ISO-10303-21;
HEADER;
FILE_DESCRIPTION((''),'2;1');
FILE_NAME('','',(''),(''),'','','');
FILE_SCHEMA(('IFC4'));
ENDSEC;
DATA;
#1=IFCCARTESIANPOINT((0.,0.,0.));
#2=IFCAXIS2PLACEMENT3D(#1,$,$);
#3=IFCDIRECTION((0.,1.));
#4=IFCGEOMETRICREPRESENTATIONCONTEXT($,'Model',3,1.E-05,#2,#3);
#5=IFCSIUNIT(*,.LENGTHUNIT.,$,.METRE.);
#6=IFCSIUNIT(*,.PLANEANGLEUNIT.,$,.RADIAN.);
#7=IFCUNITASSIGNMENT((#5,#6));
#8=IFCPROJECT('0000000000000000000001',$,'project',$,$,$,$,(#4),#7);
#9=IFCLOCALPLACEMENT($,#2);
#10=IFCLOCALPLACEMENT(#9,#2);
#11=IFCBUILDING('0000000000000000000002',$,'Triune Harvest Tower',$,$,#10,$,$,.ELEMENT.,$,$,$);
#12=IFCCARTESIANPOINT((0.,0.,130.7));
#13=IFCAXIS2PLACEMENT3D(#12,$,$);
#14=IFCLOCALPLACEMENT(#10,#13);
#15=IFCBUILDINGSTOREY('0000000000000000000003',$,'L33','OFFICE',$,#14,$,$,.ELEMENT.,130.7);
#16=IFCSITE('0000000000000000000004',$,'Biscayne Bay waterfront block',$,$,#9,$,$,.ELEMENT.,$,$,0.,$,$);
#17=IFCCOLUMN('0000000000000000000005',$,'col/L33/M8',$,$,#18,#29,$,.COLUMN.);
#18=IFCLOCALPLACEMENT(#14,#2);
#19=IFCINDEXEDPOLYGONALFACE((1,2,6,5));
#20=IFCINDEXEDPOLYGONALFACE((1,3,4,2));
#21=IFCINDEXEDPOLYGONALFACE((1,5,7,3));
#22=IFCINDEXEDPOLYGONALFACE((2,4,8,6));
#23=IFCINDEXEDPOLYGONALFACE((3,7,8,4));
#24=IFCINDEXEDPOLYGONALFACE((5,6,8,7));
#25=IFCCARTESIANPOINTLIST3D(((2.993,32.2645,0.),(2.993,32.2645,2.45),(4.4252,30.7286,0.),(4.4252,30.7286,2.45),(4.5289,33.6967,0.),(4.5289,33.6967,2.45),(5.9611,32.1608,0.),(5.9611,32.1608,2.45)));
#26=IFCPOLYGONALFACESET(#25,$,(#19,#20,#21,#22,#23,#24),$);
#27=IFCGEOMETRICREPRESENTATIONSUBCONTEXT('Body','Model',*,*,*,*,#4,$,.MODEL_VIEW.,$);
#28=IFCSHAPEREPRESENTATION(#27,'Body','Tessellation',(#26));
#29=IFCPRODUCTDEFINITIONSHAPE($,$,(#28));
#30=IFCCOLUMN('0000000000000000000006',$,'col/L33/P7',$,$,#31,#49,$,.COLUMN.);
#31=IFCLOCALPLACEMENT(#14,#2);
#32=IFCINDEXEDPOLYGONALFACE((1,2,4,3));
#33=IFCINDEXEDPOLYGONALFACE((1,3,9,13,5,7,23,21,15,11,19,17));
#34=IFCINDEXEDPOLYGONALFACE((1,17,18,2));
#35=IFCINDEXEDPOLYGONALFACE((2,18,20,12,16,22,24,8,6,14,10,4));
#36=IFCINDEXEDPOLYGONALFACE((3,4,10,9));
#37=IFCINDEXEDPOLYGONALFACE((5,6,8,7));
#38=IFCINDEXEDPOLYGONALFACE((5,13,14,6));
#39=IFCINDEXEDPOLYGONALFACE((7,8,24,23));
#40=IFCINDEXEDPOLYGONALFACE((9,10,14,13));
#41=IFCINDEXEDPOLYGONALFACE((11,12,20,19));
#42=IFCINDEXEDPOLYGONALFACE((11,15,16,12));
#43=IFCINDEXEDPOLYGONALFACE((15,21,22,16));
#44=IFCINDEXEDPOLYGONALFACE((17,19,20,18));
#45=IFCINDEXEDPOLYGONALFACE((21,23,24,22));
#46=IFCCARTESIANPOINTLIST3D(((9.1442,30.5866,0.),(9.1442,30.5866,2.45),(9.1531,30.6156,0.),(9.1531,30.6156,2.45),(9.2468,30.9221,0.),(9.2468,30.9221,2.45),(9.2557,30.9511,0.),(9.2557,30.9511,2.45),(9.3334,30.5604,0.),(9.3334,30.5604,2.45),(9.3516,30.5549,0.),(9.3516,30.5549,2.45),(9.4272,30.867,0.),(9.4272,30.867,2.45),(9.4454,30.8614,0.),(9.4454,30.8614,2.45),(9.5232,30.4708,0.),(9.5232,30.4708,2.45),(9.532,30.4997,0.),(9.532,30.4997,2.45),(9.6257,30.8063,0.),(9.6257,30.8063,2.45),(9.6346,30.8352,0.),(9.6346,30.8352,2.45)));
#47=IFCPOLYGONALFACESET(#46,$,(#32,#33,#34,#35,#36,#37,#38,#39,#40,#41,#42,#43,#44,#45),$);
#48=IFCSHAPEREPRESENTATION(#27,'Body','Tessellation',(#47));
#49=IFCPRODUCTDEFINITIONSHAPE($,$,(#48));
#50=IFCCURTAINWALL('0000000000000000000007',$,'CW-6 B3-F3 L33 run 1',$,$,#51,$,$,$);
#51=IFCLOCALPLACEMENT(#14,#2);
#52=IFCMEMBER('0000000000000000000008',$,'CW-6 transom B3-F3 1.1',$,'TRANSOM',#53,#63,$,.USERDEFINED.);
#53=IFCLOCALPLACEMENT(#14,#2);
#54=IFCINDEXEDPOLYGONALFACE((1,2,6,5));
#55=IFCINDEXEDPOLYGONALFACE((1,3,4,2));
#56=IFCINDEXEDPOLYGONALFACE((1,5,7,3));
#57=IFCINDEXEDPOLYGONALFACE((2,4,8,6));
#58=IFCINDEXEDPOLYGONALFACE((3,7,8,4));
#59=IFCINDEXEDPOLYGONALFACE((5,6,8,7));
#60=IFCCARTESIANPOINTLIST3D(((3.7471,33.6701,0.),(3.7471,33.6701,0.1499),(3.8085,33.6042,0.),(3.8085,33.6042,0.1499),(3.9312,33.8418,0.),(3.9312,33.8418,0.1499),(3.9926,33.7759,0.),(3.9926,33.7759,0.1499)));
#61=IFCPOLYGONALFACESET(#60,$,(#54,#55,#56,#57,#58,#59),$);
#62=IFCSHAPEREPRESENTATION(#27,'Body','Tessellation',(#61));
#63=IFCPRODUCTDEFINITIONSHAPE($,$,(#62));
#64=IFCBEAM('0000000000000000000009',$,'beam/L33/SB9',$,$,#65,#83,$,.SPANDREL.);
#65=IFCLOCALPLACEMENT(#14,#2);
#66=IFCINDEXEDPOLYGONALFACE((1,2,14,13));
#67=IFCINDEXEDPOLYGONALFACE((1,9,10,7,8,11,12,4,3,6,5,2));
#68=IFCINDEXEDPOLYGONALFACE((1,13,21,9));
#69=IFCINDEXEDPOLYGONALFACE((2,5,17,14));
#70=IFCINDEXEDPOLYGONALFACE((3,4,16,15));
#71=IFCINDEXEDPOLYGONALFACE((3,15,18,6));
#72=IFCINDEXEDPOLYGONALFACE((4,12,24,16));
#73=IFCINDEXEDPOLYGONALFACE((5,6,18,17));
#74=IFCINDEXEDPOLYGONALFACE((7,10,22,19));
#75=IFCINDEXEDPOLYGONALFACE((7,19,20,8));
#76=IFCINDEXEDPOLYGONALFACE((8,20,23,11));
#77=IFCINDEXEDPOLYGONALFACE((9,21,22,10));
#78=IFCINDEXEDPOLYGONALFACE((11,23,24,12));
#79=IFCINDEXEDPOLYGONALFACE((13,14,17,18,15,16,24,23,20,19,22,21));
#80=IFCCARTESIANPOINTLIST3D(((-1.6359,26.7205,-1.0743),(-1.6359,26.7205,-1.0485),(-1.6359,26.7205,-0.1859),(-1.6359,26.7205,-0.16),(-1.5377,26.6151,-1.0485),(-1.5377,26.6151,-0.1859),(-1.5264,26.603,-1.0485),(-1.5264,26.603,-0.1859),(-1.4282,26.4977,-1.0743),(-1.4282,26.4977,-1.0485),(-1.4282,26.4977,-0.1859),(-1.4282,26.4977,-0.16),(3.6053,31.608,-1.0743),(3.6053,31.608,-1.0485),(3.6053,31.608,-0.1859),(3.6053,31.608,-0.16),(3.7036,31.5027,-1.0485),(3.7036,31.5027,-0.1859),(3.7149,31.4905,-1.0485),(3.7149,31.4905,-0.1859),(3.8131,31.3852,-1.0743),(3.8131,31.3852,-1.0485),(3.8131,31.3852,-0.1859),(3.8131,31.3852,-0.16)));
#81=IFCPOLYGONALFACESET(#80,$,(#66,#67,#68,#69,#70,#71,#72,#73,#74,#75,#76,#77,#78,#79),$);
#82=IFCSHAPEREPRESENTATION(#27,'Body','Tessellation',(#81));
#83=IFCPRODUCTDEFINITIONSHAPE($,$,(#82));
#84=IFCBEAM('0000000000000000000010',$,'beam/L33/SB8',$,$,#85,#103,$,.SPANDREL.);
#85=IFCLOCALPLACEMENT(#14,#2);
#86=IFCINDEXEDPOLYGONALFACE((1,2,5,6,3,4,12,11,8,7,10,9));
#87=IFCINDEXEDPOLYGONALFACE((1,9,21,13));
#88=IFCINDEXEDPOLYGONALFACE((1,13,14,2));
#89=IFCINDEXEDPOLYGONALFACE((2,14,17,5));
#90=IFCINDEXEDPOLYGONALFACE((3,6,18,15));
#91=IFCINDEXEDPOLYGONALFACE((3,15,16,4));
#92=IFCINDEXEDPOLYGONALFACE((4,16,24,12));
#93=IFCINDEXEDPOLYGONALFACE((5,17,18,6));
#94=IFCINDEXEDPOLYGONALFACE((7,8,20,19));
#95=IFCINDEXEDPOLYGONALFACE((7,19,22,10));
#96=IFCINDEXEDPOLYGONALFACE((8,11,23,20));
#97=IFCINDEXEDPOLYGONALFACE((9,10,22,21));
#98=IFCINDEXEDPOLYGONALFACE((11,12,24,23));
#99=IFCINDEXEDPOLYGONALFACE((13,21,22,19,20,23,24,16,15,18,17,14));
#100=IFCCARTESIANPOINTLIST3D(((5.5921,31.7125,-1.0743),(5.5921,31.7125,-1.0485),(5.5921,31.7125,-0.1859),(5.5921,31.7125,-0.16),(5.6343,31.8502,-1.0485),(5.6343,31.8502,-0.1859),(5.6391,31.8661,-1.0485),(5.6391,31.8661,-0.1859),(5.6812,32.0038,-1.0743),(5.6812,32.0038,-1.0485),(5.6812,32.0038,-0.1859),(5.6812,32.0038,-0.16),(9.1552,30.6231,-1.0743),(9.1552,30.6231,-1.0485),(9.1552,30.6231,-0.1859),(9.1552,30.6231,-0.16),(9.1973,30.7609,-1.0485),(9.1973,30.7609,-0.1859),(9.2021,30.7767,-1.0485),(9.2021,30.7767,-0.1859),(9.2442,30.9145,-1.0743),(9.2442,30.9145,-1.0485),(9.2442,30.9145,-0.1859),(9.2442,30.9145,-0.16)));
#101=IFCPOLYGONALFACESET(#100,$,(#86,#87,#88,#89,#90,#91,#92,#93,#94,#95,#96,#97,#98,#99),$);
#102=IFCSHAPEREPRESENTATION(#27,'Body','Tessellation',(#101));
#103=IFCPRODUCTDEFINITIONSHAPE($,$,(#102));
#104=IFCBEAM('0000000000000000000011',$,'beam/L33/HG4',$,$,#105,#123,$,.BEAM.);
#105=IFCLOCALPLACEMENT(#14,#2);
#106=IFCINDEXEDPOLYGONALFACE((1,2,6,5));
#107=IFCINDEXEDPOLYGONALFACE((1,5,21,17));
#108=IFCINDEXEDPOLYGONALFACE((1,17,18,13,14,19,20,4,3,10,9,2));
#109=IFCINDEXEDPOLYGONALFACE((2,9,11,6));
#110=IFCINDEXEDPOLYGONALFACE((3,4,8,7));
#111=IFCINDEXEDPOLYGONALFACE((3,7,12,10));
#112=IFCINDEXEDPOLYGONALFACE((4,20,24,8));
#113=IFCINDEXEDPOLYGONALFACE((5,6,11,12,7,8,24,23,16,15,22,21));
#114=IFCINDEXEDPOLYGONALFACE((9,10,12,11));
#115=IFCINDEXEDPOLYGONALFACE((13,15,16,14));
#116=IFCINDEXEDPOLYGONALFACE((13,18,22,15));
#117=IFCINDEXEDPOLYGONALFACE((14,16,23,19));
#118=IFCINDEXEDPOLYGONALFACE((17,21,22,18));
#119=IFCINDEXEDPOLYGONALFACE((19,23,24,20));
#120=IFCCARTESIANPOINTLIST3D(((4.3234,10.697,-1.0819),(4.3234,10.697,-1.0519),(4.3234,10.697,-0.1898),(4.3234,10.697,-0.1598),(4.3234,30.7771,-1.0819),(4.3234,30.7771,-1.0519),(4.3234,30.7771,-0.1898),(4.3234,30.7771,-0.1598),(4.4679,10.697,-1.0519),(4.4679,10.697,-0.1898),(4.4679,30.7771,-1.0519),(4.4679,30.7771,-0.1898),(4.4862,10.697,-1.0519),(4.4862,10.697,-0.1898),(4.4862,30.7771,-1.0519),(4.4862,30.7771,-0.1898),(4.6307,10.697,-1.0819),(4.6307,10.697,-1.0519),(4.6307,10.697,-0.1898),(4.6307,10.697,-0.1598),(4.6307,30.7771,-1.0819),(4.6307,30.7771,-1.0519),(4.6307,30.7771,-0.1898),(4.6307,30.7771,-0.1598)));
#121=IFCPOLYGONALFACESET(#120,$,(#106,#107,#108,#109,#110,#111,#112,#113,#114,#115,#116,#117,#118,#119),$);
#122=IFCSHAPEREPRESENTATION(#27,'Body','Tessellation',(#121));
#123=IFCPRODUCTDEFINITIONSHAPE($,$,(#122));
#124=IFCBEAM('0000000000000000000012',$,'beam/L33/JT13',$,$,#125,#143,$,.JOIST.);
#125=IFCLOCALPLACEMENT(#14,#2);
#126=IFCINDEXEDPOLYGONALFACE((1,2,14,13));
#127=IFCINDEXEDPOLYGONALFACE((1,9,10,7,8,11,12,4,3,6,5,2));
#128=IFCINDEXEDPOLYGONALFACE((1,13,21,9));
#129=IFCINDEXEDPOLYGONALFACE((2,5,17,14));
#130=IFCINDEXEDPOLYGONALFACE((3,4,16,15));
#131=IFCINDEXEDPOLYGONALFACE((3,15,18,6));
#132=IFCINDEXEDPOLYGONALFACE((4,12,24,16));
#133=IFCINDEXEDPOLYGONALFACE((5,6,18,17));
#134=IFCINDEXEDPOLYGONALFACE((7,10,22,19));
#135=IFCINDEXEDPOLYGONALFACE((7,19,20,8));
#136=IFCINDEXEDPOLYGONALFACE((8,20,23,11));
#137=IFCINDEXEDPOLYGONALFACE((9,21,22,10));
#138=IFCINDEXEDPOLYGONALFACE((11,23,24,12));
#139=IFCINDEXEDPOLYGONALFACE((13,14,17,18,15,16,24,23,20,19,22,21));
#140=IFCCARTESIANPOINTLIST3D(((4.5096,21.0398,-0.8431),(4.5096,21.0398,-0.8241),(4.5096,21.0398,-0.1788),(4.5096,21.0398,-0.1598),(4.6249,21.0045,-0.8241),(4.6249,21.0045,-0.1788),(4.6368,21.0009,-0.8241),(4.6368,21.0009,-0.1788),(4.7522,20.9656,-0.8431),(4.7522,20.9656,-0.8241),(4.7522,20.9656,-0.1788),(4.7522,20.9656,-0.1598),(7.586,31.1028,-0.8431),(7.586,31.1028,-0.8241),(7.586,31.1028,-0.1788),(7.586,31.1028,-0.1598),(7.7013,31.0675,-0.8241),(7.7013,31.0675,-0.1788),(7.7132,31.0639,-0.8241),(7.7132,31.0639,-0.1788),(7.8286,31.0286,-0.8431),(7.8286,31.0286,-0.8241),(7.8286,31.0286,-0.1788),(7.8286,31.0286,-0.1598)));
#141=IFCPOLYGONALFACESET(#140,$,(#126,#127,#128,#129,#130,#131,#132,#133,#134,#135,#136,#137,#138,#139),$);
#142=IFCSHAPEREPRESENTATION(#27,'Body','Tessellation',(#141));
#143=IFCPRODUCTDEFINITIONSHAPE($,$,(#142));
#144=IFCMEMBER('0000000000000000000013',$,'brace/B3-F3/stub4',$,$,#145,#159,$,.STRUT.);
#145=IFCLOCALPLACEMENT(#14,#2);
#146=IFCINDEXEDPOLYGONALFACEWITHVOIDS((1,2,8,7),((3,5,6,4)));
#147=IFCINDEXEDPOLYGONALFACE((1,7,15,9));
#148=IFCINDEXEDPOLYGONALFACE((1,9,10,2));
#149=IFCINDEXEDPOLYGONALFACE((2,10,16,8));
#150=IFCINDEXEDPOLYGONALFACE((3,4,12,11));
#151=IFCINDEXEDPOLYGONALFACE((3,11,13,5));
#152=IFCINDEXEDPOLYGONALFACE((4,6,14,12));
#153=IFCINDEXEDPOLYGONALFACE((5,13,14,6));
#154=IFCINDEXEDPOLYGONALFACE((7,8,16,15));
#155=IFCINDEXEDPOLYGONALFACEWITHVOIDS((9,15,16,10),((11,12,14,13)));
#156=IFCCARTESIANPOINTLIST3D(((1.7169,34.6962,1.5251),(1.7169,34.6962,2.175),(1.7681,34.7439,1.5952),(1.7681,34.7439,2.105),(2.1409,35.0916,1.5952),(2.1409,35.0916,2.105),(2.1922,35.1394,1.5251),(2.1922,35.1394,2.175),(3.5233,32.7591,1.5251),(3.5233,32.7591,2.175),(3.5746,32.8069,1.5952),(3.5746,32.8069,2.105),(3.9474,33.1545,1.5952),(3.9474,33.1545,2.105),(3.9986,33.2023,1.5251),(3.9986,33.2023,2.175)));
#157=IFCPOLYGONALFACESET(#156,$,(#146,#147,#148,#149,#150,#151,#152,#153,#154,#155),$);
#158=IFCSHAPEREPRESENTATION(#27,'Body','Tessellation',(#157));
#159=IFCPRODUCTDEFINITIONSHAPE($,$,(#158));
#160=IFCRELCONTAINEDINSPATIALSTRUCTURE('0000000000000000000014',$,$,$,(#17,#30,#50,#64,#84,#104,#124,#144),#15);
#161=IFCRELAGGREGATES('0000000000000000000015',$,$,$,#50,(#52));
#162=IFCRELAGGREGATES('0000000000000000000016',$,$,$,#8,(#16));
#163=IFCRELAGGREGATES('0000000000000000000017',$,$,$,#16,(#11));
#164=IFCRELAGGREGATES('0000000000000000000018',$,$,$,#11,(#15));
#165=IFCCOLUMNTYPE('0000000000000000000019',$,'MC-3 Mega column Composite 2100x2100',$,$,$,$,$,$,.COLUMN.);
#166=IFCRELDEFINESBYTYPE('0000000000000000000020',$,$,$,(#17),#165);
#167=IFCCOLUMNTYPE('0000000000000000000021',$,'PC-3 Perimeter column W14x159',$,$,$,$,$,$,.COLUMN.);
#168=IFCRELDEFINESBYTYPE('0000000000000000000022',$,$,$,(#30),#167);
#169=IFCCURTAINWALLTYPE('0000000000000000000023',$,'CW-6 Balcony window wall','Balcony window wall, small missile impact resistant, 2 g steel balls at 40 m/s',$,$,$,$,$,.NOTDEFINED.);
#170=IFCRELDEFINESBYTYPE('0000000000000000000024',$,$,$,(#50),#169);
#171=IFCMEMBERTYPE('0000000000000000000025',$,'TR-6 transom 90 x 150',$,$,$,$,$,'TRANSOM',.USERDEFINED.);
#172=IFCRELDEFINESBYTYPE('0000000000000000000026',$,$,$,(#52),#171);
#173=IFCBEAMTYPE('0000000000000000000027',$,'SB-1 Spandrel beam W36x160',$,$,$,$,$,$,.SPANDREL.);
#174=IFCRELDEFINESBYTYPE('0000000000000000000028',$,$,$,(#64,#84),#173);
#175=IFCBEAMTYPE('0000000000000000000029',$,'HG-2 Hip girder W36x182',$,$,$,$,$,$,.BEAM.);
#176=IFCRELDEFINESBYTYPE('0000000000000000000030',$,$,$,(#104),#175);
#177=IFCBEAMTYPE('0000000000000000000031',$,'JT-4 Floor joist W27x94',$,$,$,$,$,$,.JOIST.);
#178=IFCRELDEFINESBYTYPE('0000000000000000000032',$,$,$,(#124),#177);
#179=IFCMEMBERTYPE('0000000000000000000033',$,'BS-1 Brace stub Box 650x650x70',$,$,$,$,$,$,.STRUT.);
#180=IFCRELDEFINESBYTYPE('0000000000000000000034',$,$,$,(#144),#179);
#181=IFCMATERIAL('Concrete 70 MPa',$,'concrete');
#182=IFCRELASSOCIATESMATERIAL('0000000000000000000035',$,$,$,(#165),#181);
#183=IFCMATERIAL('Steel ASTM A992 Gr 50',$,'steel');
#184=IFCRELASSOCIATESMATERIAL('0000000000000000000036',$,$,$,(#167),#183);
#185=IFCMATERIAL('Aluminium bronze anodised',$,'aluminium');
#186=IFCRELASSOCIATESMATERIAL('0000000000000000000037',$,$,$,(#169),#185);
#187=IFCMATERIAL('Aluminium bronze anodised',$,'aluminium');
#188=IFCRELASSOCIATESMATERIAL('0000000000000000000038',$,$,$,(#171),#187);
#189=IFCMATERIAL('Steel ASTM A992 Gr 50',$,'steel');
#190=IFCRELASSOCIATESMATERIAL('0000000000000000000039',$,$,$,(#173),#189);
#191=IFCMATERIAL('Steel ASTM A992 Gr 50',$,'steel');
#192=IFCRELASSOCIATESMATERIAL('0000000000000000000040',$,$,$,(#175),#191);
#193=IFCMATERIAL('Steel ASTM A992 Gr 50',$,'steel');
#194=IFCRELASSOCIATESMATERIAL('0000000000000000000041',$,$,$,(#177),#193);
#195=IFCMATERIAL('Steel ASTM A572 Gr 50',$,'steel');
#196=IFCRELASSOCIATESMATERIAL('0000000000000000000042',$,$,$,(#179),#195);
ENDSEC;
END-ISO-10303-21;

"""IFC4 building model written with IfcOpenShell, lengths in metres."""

from ifc_helpers import new_model, si_unit, direction, frame, origin, origin_2d, place, context, subcontext, project, spatial, rectangle, hollow_rectangle, i_section, extrude, source, transform, mapped, material, material_profile, profile_set, type_object, element, aggregate, save


model = new_model("IFC4")

# Units and contexts
model_context = context("Model", 3, precision=1e-05, world=origin(), true_north=direction((0.0, 1.0)))
body_context = subcontext(model_context, "Body", "Model", "MODEL_VIEW")
ifc_project = project(units=[si_unit("LENGTHUNIT", "METRE"), si_unit("PLANEANGLEUNIT", "RADIAN")], contexts=[model_context])

# Site, building, storey
site_placement = place(None, origin())
site = spatial("IfcSite", under=ifc_project, at=site_placement, Name="Biscayne Bay waterfront block", CompositionType="ELEMENT", RefElevation=0.0)
building_placement = place(site_placement, origin())
building = spatial("IfcBuilding", under=site, at=building_placement, Name="Triune Harvest Tower", CompositionType="ELEMENT")
storey_placement = place(building_placement, frame((0.0, 0.0, 130.7)))
storey = spatial("IfcBuildingStorey", under=building, at=storey_placement, Name="L33", Description="OFFICE", CompositionType="ELEMENT", Elevation=130.7)

# Columns
ifc_material_1 = material(Name="Concrete 70 MPa", Category="concrete")
ifc_material_profile_1 = material_profile(ifc_material_1, rectangle(XDim=2.1001, YDim=2.1001, at=origin_2d()), Name="Composite 2100x2100")
ifc_profile_set_1 = profile_set([ifc_material_profile_1], Name="Concrete 70 MPa")
column_type_1 = type_object("IfcColumnType", Name="MC-3 Mega column Composite 2100x2100", PredefinedType="COLUMN", material=ifc_profile_set_1)
shared_shape_1 = source(origin(), body_context, "Body", "SweptSolid", [
    extrude(rectangle(XDim=2.1001, YDim=2.1001, at=origin_2d()), origin(), (0.0, 0.0, 1.0), 2.45),
])
column_1_placement = place(storey_placement, frame((4.4771, 32.2126, 0.0), z_axis=(0.0, 0.0, 1.0), x_axis=(-0.731355, -0.681997, 0.0)))
element("IfcColumn", 1, at=column_1_placement, inside=storey, type_object=column_type_1, Name="col/L33/M8", PredefinedType="COLUMN", context=body_context, shape_type="MappedRepresentation", body=[
    mapped(shared_shape_1, transform((0.0, 0.0, 0.0), scale=1.0)),
])
ifc_material_2 = material(Name="Steel ASTM A992 Gr 50", Category="steel")
ifc_material_profile_2 = material_profile(ifc_material_2, i_section(OverallWidth=0.3962, OverallDepth=0.3811, WebThickness=0.019, FlangeThickness=0.0303, at=origin_2d()), Name="W14x159")
ifc_profile_set_2 = profile_set([ifc_material_profile_2], Name="Steel ASTM A992 Gr 50")
column_type_2 = type_object("IfcColumnType", Name="PC-3 Perimeter column W14x159", PredefinedType="COLUMN", material=ifc_profile_set_2)
shared_shape_2 = source(origin(), body_context, "Body", "SweptSolid", [
    extrude(i_section(OverallWidth=0.3962, OverallDepth=0.3811, WebThickness=0.019, FlangeThickness=0.0303, at=origin_2d()), origin(), (0.0, 0.0, 1.0), 2.45),
])
column_2_placement = place(storey_placement, frame((9.3894, 30.7109, 0.0), z_axis=(0.0, 0.0, 1.0), x_axis=(-0.956305, 0.292372, 0.0)))
element("IfcColumn", 2, at=column_2_placement, inside=storey, type_object=column_type_2, Name="col/L33/P7", PredefinedType="COLUMN", context=body_context, shape_type="MappedRepresentation", body=[
    mapped(shared_shape_2, transform((0.0, 0.0, 0.0), scale=1.0)),
])

# Curtain wall, member
ifc_material_3 = material(Name="Aluminium bronze anodised", Category="aluminium")
curtain_wall_type_1 = type_object("IfcCurtainWallType", Name="CW-6 Balcony window wall", Description="Balcony window wall, small missile impact resistant, 2 g steel balls at 40 m/s", PredefinedType="NOTDEFINED", material=ifc_material_3)
curtain_wall_1_placement = place(storey_placement, origin())
curtain_wall_1 = element("IfcCurtainWall", 3, at=curtain_wall_1_placement, inside=storey, type_object=curtain_wall_type_1, Name="CW-6 B3-F3 L33 run 1")
ifc_material_4 = material(Name="Aluminium bronze anodised", Category="aluminium")
ifc_material_profile_3 = material_profile(ifc_material_4, rectangle(XDim=0.0901, YDim=0.1499, at=origin_2d()), Name="TR-6 transom 90 x 150")
ifc_profile_set_3 = profile_set([ifc_material_profile_3], Name="Aluminium bronze anodised")
member_type_1 = type_object("IfcMemberType", Name="TR-6 transom 90 x 150", ElementType="TRANSOM", PredefinedType="USERDEFINED", material=ifc_profile_set_3)
member_1_placement = place(storey_placement, frame((3.9619, 33.8088, 0.075), z_axis=(-0.73141, -0.681938, 0.0), x_axis=(0.681938, -0.73141, 0.0)))
member_1 = element("IfcMember", 4, at=member_1_placement, type_object=member_type_1, Name="CW-6 transom B3-F3 1.1", ObjectType="TRANSOM", PredefinedType="USERDEFINED", context=body_context, shape_type="SweptSolid", body=[
    extrude(rectangle(XDim=0.0901, YDim=0.1499, at=origin_2d()), origin(), (0.0, 0.0, 1.0), 0.2517),
])

# Beams
ifc_material_5 = material(Name="Steel ASTM A992 Gr 50", Category="steel")
ifc_material_profile_4 = material_profile(ifc_material_5, i_section(OverallWidth=0.3047, OverallDepth=0.9143, WebThickness=0.0166, FlangeThickness=0.0259, at=origin_2d()), Name="W36x160")
ifc_profile_set_4 = profile_set([ifc_material_profile_4], Name="Steel ASTM A992 Gr 50")
beam_type_1 = type_object("IfcBeamType", Name="SB-1 Spandrel beam W36x160", PredefinedType="SPANDREL", material=ifc_profile_set_4)
shared_shape_3 = source(origin(), body_context, "Body", "SweptSolid", [
    extrude(i_section(OverallWidth=0.3047, OverallDepth=0.9143, WebThickness=0.0166, FlangeThickness=0.0259, at=origin_2d()), origin(), (0.0, 0.0, 1.0), 7.1665),
])
beam_1_placement = place(storey_placement, frame((3.7092, 31.4966, -0.6172), z_axis=(-0.731358, -0.681994, 0.0), x_axis=(0.681994, -0.731358, 0.0)))
element("IfcBeam", 5, at=beam_1_placement, inside=storey, type_object=beam_type_1, Name="beam/L33/SB9", PredefinedType="SPANDREL", context=body_context, shape_type="MappedRepresentation", body=[
    mapped(shared_shape_3, transform((0.0, 0.0, 0.0), scale=1.0)),
])
shared_shape_4 = source(origin(), body_context, "Body", "SweptSolid", [
    extrude(i_section(OverallWidth=0.3047, OverallDepth=0.9143, WebThickness=0.0166, FlangeThickness=0.0259, at=origin_2d()), origin(), (0.0, 0.0, 1.0), 3.7258),
])
beam_2_placement = place(storey_placement, frame((9.1997, 30.7688, -0.6172), z_axis=(-0.956302, 0.292382, 0.0), x_axis=(-0.292382, -0.956302, 0.0)))
element("IfcBeam", 6, at=beam_2_placement, inside=storey, type_object=beam_type_1, Name="beam/L33/SB8", PredefinedType="SPANDREL", context=body_context, shape_type="MappedRepresentation", body=[
    mapped(shared_shape_4, transform((0.0, 0.0, 0.0), scale=1.0)),
])
ifc_material_6 = material(Name="Steel ASTM A992 Gr 50", Category="steel")
ifc_material_profile_5 = material_profile(ifc_material_6, i_section(OverallWidth=0.3074, OverallDepth=0.9221, WebThickness=0.0183, FlangeThickness=0.03, at=origin_2d()), Name="W36x182")
ifc_profile_set_5 = profile_set([ifc_material_profile_5], Name="Steel ASTM A992 Gr 50")
beam_type_2 = type_object("IfcBeamType", Name="HG-2 Hip girder W36x182", PredefinedType="BEAM", material=ifc_profile_set_5)
shared_shape_5 = source(origin(), body_context, "Body", "SweptSolid", [
    extrude(i_section(OverallWidth=0.3074, OverallDepth=0.9221, WebThickness=0.0183, FlangeThickness=0.03, at=origin_2d()), origin(), (0.0, 0.0, 1.0), 20.0801),
])
beam_3_placement = place(storey_placement, frame((4.4771, 30.7771, -0.6208), z_axis=(0.0, -1.0, 0.0), x_axis=(1.0, 0.0, 0.0)))
element("IfcBeam", 7, at=beam_3_placement, inside=storey, type_object=beam_type_2, Name="beam/L33/HG4", PredefinedType="BEAM", context=body_context, shape_type="MappedRepresentation", body=[
    mapped(shared_shape_5, transform((0.0, 0.0, 0.0), scale=1.0)),
])
ifc_material_7 = material(Name="Steel ASTM A992 Gr 50", Category="steel")
ifc_material_profile_6 = material_profile(ifc_material_7, i_section(OverallWidth=0.2537, OverallDepth=0.6833, WebThickness=0.0125, FlangeThickness=0.019, at=origin_2d()), Name="W27x94")
ifc_profile_set_6 = profile_set([ifc_material_profile_6], Name="Steel ASTM A992 Gr 50")
beam_type_3 = type_object("IfcBeamType", Name="JT-4 Floor joist W27x94", PredefinedType="JOIST", material=ifc_profile_set_6)
shared_shape_6 = source(origin(), body_context, "Body", "SweptSolid", [
    extrude(i_section(OverallWidth=0.2537, OverallDepth=0.6833, WebThickness=0.0125, FlangeThickness=0.019, at=origin_2d()), origin(), (0.0, 0.0, 1.0), 10.5227),
])
beam_4_placement = place(storey_placement, frame((7.7073, 31.0657, -0.5015), z_axis=(-0.292359, -0.956309, 0.0), x_axis=(0.956309, -0.292359, 0.0)))
element("IfcBeam", 8, at=beam_4_placement, inside=storey, type_object=beam_type_3, Name="beam/L33/JT13", PredefinedType="JOIST", context=body_context, shape_type="MappedRepresentation", body=[
    mapped(shared_shape_6, transform((0.0, 0.0, 0.0), scale=1.0)),
])

# Member
ifc_material_8 = material(Name="Steel ASTM A572 Gr 50", Category="steel")
ifc_material_profile_7 = material_profile(ifc_material_8, hollow_rectangle(XDim=0.6499, YDim=0.6499, WallThickness=0.0701, at=origin_2d()), Name="Box 650x650x70")
ifc_profile_set_7 = profile_set([ifc_material_profile_7], Name="Steel ASTM A572 Gr 50")
member_type_2 = type_object("IfcMemberType", Name="BS-1 Brace stub Box 650x650x70", PredefinedType="STRUT", material=ifc_profile_set_7)
shared_shape_7 = source(origin(), body_context, "Body", "SweptSolid", [
    extrude(hollow_rectangle(XDim=0.6499, YDim=0.6499, WallThickness=0.0701, at=origin_2d()), origin(), (0.0, 0.0, 1.0), 2.6487),
])
member_2_placement = place(storey_placement, frame((3.761, 32.9807, 1.8501), z_axis=(-0.682019, 0.731334, 0.0), x_axis=(-0.731334, -0.682019, 0.0)))
element("IfcMember", 9, at=member_2_placement, inside=storey, type_object=member_type_2, Name="brace/B3-F3/stub4", PredefinedType="STRUT", context=body_context, shape_type="MappedRepresentation", body=[
    mapped(shared_shape_7, transform((0.0, 0.0, 0.0), scale=1.0)),
])

aggregate(curtain_wall_1, [member_1])

save(model, "model.ifc")
